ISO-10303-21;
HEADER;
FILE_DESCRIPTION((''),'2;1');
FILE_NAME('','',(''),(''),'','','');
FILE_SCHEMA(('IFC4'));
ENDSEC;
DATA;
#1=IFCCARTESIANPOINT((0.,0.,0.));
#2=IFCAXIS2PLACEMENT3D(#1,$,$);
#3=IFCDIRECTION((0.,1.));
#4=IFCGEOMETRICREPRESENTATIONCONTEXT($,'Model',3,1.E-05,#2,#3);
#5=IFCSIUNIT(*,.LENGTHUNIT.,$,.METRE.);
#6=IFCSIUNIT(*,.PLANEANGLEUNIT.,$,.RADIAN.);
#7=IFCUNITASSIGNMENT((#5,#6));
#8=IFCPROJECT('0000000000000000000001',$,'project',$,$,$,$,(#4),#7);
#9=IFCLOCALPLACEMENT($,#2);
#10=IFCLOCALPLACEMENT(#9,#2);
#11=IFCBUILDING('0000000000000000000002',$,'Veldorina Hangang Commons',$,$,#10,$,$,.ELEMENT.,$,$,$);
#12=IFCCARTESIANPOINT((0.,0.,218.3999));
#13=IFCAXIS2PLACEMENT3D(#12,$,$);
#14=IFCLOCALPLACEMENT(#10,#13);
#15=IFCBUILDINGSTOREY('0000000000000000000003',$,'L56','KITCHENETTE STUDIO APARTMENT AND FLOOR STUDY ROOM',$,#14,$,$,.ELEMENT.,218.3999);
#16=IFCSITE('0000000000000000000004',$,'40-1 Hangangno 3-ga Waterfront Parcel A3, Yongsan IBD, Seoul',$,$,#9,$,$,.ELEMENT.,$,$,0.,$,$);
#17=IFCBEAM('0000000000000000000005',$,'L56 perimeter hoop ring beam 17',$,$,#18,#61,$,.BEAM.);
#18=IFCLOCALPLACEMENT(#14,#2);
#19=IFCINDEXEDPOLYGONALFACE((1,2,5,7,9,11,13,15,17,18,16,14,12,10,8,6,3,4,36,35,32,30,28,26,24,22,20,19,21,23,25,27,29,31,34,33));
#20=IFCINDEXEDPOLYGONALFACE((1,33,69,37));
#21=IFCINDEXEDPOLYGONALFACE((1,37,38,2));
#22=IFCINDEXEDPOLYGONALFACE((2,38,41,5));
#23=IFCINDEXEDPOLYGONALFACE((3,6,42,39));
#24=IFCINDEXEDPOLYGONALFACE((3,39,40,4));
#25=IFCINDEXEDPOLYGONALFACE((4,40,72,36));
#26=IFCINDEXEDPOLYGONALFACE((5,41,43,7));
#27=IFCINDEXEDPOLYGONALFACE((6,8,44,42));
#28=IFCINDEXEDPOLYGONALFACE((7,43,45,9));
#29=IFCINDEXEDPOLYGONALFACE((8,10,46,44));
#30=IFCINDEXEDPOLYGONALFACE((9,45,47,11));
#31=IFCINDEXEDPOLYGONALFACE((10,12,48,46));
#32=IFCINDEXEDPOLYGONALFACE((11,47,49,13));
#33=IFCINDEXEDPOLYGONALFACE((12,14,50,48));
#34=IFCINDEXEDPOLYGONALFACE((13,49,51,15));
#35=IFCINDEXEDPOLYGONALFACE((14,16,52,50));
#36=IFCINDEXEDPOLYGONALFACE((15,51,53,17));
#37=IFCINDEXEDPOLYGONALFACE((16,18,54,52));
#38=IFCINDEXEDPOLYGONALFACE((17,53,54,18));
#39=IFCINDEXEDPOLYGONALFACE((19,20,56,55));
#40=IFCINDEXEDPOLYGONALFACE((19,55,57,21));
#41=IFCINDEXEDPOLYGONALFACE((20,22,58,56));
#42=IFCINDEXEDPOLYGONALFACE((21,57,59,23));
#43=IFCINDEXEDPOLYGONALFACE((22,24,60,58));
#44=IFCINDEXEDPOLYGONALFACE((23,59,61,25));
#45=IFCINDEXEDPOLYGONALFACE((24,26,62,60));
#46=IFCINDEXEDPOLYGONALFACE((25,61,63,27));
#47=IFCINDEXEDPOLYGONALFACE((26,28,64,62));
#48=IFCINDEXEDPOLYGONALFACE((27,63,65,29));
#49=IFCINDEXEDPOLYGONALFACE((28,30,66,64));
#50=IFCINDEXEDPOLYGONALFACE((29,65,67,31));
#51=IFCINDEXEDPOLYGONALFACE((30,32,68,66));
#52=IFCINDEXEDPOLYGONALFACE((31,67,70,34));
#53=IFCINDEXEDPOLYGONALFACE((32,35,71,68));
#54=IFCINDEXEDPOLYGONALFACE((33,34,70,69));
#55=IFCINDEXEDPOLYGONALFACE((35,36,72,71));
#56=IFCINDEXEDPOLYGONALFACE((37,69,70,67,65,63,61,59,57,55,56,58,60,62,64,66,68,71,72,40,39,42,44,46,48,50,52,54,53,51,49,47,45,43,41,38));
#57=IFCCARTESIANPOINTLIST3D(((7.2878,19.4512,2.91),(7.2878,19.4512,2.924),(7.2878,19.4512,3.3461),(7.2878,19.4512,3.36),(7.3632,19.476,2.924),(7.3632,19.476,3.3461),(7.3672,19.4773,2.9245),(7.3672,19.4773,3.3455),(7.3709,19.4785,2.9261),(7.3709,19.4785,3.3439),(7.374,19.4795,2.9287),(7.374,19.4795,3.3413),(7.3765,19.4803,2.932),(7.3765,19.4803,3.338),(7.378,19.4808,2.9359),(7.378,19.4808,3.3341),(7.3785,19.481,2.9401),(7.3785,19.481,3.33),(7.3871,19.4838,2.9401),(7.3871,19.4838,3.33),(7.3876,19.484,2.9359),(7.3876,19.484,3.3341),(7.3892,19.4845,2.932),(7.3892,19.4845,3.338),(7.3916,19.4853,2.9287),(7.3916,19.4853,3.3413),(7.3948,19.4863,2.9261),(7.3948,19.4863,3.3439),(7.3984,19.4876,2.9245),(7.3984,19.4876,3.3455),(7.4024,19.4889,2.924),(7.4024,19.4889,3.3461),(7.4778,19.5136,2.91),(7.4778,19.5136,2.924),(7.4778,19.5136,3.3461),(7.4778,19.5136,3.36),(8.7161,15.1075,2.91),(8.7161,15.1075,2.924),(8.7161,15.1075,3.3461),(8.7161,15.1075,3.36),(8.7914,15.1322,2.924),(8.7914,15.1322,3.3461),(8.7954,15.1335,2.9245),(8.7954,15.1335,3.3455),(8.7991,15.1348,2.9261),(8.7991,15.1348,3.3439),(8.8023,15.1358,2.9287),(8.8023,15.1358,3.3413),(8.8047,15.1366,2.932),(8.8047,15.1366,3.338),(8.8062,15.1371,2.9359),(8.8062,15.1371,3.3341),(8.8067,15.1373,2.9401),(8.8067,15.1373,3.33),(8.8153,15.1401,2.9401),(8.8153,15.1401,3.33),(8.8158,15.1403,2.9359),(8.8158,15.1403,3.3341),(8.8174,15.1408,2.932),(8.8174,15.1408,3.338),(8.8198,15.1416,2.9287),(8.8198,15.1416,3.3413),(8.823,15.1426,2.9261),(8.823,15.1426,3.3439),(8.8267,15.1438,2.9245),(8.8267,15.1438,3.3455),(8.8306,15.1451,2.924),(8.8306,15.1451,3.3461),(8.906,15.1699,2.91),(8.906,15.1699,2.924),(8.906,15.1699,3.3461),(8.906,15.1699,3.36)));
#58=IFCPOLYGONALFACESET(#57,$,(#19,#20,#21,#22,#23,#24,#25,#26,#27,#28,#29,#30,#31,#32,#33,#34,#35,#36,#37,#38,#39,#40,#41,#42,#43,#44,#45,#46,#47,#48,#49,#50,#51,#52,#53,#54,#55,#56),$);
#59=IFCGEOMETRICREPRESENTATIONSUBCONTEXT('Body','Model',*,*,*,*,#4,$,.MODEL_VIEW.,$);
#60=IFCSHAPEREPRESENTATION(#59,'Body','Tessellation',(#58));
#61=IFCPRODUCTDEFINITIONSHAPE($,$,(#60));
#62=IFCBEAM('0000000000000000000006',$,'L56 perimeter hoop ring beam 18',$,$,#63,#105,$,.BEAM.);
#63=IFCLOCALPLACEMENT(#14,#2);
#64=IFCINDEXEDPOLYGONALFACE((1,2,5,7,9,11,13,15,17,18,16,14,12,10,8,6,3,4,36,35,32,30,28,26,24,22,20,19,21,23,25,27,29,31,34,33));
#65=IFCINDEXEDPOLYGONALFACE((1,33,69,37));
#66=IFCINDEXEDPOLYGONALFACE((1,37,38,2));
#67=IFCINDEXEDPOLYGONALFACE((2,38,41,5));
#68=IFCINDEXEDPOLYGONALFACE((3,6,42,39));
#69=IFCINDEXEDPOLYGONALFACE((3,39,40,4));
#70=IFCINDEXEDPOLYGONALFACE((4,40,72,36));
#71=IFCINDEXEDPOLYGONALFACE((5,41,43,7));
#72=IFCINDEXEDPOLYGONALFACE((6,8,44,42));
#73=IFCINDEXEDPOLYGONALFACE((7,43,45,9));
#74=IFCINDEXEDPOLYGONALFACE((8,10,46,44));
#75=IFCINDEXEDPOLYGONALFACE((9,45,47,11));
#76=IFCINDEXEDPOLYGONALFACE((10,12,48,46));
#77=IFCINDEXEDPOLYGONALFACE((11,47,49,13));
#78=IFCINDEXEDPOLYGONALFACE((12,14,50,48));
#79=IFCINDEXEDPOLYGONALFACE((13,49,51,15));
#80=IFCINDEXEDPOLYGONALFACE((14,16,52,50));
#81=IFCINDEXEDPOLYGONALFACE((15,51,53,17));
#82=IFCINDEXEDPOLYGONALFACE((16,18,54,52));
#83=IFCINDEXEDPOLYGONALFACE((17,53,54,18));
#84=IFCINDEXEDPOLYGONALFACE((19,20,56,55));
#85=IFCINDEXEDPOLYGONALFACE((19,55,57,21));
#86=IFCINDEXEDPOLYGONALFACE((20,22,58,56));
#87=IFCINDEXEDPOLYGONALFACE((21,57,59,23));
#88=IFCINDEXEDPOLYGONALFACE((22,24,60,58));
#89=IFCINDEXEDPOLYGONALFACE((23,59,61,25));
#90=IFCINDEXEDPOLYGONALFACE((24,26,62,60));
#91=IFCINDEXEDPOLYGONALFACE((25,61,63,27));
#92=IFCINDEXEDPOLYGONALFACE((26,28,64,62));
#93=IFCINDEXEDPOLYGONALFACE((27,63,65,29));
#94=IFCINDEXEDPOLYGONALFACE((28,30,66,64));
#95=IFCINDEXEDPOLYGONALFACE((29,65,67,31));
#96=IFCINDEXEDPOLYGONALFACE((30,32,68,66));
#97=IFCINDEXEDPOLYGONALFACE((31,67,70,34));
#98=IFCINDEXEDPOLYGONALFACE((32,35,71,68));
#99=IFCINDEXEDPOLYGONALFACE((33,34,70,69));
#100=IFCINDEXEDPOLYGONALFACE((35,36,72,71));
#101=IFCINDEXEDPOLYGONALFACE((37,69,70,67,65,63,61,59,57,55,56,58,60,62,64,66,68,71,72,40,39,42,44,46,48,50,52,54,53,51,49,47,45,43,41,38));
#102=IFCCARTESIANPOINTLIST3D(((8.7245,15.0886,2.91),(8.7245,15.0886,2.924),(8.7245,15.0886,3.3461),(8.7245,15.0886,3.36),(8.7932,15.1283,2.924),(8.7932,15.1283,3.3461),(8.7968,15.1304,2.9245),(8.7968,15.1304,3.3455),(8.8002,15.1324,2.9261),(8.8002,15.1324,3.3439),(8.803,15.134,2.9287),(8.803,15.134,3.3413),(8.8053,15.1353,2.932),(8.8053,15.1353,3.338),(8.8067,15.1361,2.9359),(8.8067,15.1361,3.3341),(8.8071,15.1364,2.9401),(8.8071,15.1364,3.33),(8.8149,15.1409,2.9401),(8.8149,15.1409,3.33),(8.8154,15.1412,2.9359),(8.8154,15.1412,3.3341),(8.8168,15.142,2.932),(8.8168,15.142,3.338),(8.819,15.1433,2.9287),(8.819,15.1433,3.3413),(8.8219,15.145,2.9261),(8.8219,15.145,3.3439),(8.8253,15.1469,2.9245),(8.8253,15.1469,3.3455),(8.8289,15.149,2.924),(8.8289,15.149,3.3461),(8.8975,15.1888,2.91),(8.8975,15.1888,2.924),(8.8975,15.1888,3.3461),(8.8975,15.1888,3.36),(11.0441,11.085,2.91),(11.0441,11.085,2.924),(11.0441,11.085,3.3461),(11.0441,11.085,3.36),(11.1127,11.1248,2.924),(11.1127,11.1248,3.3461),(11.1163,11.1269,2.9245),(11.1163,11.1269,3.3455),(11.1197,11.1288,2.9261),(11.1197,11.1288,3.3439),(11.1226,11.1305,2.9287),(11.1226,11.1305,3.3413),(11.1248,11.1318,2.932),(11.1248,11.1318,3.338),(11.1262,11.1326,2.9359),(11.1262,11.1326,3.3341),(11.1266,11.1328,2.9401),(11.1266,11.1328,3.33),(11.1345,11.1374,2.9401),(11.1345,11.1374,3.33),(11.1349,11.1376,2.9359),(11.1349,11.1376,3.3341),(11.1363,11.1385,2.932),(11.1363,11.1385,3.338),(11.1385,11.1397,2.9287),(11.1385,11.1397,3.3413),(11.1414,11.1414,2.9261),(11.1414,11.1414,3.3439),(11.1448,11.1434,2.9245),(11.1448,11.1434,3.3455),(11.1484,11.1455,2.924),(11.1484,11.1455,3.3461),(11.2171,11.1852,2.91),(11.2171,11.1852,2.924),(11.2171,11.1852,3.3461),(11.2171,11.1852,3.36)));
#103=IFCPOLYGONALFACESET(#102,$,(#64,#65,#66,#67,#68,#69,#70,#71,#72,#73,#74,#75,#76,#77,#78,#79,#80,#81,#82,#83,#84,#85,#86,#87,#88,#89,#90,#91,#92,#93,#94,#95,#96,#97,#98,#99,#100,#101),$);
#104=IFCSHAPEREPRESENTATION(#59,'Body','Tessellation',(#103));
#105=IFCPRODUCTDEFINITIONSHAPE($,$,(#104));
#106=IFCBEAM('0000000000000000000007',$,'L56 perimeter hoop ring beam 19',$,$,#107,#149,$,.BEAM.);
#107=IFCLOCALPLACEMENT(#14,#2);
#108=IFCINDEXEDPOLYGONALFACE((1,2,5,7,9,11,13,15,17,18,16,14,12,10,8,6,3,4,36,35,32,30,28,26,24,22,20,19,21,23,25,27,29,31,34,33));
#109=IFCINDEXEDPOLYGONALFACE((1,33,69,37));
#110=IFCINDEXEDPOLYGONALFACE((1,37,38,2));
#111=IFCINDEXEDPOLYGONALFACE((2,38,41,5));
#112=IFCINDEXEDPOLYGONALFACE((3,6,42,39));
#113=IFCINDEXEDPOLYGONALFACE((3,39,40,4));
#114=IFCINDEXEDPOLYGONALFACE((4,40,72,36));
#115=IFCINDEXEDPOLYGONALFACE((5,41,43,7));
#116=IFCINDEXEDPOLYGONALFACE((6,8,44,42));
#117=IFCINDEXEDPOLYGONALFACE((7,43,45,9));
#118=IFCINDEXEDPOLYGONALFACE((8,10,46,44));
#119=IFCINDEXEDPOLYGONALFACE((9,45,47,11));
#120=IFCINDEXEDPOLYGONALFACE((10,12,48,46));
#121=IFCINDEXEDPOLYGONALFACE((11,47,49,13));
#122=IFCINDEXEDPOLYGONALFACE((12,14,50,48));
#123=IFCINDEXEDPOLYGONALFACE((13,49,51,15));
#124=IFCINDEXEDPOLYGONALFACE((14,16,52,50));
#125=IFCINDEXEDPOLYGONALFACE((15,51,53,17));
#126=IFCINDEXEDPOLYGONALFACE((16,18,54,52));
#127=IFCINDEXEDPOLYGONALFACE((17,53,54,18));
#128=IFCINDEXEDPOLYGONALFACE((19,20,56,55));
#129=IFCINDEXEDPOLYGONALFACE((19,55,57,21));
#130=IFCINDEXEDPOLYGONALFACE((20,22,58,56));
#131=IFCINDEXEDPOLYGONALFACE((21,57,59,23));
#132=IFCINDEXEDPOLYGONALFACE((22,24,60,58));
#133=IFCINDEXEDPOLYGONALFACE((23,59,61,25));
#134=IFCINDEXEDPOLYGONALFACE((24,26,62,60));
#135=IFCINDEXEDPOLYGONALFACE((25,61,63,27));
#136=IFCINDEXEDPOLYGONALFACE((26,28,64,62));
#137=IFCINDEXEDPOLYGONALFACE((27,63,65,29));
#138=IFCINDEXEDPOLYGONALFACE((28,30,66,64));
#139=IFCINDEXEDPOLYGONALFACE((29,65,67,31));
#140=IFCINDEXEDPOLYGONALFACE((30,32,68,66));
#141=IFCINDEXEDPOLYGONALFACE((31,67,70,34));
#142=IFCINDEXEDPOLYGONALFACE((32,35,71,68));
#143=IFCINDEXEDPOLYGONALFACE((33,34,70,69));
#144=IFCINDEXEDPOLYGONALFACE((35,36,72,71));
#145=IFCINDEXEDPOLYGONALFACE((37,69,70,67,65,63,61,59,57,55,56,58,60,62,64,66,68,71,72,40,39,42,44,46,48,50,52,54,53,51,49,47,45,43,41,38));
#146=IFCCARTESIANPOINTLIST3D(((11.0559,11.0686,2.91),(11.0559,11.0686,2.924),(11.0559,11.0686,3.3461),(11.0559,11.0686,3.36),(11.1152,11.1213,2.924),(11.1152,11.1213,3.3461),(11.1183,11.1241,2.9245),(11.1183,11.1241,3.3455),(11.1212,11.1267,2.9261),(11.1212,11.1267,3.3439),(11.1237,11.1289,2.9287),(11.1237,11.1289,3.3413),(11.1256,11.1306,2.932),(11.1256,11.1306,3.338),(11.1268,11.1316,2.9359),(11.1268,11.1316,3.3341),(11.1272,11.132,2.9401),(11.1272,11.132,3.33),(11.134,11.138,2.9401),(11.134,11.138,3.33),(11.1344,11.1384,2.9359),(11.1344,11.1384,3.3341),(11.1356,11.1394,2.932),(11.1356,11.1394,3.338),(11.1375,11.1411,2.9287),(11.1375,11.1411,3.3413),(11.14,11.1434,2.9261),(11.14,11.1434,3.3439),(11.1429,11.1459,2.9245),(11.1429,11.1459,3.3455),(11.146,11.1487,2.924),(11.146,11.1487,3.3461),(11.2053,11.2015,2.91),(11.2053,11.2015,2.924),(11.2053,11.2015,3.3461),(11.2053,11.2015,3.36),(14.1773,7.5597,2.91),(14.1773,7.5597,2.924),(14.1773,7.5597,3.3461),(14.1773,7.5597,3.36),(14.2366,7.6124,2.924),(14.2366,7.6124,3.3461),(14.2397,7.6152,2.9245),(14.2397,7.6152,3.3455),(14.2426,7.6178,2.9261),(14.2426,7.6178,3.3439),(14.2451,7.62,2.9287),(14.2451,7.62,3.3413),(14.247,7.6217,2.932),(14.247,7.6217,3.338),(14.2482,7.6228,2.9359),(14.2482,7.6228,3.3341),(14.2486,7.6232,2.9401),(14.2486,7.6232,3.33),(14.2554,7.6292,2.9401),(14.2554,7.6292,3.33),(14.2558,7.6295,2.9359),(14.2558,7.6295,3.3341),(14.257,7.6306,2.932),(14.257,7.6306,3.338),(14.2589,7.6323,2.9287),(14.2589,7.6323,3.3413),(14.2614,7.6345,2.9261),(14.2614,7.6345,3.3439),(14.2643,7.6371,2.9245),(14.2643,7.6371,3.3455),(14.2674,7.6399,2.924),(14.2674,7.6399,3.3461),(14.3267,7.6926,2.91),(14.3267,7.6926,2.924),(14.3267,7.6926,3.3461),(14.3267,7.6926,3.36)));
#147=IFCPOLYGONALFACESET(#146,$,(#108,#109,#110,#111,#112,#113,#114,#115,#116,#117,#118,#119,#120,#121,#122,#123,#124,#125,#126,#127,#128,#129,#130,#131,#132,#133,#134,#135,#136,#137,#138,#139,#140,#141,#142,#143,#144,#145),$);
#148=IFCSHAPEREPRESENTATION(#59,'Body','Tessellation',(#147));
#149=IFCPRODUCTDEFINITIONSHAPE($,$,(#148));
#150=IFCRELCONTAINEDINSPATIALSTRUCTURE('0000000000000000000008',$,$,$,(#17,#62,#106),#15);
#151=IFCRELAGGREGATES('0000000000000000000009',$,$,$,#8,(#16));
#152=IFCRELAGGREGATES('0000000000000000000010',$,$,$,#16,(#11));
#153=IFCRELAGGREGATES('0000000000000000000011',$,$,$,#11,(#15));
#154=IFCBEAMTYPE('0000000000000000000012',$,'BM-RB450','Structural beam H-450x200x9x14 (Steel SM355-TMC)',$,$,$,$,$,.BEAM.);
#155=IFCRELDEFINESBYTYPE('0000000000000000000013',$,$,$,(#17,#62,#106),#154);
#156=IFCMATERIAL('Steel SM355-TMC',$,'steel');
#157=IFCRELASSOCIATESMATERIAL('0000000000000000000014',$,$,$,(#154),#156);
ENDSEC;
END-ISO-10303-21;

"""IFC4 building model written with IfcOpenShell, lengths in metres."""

from ifc_helpers import new_model, si_unit, direction, frame, origin, origin_2d, place, context, subcontext, project, spatial, i_section, extrude, material, material_profile, profile_set, type_object, element, save


model = new_model("IFC4")

# Units and contexts
model_context = context("Model", 3, precision=1e-05, world=origin(), true_north=direction((0.0, 1.0)))
body_context = subcontext(model_context, "Body", "Model", "MODEL_VIEW")
ifc_project = project(units=[si_unit("LENGTHUNIT", "METRE"), si_unit("PLANEANGLEUNIT", "RADIAN")], contexts=[model_context])

# Site, building, storey
site_placement = place(None, origin())
site = spatial("IfcSite", under=ifc_project, at=site_placement, Name="40-1 Hangangno 3-ga Waterfront Parcel A3, Yongsan IBD, Seoul", CompositionType="ELEMENT", RefElevation=0.0)
building_placement = place(site_placement, origin())
building = spatial("IfcBuilding", under=site, at=building_placement, Name="Veldorina Hangang Commons", CompositionType="ELEMENT")
storey_placement = place(building_placement, frame((0.0, 0.0, 218.3999)))
storey = spatial("IfcBuildingStorey", under=building, at=storey_placement, Name="L56", Description="KITCHENETTE STUDIO APARTMENT AND FLOOR STUDY ROOM", CompositionType="ELEMENT", Elevation=218.3999)

# Beams
ifc_material_1 = material(Name="Steel SM355-TMC", Category="steel")
ifc_material_profile_1 = material_profile(ifc_material_1, i_section(OverallWidth=0.2, OverallDepth=0.45, WebThickness=0.009, FlangeThickness=0.0139, FilletRadius=0.0161, at=origin_2d()), Name="H-450x200x9x14")
ifc_profile_set_1 = profile_set([ifc_material_profile_1], Name="Steel SM355-TMC")
beam_type = type_object("IfcBeamType", Name="BM-RB450", Description="Structural beam H-450x200x9x14 (Steel SM355-TMC)", PredefinedType="BEAM", material=ifc_profile_set_1)
beam_1_placement = place(storey_placement, frame((7.3828, 19.4824, 3.135), z_axis=(0.312349, -0.949967, 0.0), x_axis=(0.949967, 0.312349, 0.0)))
element("IfcBeam", 1, at=beam_1_placement, inside=storey, type_object=beam_type, Name="L56 perimeter hoop ring beam 17", PredefinedType="BEAM", context=body_context, shape_type="SweptSolid", body=[
    extrude(i_section(OverallWidth=0.2, OverallDepth=0.45, WebThickness=0.009, FlangeThickness=0.0139, FilletRadius=0.0161, at=origin_2d()), origin(), (0.0, 0.0, 1.0), 4.5725),
])
beam_2_placement = place(storey_placement, frame((8.811, 15.1387, 3.135), z_axis=(0.501307, -0.86527, 0.0), x_axis=(0.86527, 0.501307, 0.0)))
element("IfcBeam", 2, at=beam_2_placement, inside=storey, type_object=beam_type, Name="L56 perimeter hoop ring beam 18", PredefinedType="BEAM", context=body_context, shape_type="SweptSolid", body=[
    extrude(i_section(OverallWidth=0.2, OverallDepth=0.45, WebThickness=0.009, FlangeThickness=0.0139, FilletRadius=0.0161, at=origin_2d()), origin(), (0.0, 0.0, 1.0), 4.627),
])
beam_3_placement = place(storey_placement, frame((11.1306, 11.135, 3.135), z_axis=(0.664651, -0.747154, 0.0), x_axis=(0.747154, 0.664651, 0.0)))
element("IfcBeam", 3, at=beam_3_placement, inside=storey, type_object=beam_type, Name="L56 perimeter hoop ring beam 19", PredefinedType="BEAM", context=body_context, shape_type="SweptSolid", body=[
    extrude(i_section(OverallWidth=0.2, OverallDepth=0.45, WebThickness=0.009, FlangeThickness=0.0139, FilletRadius=0.0161, at=origin_2d()), origin(), (0.0, 0.0, 1.0), 4.6963),
])

save(model, "model.ifc")
